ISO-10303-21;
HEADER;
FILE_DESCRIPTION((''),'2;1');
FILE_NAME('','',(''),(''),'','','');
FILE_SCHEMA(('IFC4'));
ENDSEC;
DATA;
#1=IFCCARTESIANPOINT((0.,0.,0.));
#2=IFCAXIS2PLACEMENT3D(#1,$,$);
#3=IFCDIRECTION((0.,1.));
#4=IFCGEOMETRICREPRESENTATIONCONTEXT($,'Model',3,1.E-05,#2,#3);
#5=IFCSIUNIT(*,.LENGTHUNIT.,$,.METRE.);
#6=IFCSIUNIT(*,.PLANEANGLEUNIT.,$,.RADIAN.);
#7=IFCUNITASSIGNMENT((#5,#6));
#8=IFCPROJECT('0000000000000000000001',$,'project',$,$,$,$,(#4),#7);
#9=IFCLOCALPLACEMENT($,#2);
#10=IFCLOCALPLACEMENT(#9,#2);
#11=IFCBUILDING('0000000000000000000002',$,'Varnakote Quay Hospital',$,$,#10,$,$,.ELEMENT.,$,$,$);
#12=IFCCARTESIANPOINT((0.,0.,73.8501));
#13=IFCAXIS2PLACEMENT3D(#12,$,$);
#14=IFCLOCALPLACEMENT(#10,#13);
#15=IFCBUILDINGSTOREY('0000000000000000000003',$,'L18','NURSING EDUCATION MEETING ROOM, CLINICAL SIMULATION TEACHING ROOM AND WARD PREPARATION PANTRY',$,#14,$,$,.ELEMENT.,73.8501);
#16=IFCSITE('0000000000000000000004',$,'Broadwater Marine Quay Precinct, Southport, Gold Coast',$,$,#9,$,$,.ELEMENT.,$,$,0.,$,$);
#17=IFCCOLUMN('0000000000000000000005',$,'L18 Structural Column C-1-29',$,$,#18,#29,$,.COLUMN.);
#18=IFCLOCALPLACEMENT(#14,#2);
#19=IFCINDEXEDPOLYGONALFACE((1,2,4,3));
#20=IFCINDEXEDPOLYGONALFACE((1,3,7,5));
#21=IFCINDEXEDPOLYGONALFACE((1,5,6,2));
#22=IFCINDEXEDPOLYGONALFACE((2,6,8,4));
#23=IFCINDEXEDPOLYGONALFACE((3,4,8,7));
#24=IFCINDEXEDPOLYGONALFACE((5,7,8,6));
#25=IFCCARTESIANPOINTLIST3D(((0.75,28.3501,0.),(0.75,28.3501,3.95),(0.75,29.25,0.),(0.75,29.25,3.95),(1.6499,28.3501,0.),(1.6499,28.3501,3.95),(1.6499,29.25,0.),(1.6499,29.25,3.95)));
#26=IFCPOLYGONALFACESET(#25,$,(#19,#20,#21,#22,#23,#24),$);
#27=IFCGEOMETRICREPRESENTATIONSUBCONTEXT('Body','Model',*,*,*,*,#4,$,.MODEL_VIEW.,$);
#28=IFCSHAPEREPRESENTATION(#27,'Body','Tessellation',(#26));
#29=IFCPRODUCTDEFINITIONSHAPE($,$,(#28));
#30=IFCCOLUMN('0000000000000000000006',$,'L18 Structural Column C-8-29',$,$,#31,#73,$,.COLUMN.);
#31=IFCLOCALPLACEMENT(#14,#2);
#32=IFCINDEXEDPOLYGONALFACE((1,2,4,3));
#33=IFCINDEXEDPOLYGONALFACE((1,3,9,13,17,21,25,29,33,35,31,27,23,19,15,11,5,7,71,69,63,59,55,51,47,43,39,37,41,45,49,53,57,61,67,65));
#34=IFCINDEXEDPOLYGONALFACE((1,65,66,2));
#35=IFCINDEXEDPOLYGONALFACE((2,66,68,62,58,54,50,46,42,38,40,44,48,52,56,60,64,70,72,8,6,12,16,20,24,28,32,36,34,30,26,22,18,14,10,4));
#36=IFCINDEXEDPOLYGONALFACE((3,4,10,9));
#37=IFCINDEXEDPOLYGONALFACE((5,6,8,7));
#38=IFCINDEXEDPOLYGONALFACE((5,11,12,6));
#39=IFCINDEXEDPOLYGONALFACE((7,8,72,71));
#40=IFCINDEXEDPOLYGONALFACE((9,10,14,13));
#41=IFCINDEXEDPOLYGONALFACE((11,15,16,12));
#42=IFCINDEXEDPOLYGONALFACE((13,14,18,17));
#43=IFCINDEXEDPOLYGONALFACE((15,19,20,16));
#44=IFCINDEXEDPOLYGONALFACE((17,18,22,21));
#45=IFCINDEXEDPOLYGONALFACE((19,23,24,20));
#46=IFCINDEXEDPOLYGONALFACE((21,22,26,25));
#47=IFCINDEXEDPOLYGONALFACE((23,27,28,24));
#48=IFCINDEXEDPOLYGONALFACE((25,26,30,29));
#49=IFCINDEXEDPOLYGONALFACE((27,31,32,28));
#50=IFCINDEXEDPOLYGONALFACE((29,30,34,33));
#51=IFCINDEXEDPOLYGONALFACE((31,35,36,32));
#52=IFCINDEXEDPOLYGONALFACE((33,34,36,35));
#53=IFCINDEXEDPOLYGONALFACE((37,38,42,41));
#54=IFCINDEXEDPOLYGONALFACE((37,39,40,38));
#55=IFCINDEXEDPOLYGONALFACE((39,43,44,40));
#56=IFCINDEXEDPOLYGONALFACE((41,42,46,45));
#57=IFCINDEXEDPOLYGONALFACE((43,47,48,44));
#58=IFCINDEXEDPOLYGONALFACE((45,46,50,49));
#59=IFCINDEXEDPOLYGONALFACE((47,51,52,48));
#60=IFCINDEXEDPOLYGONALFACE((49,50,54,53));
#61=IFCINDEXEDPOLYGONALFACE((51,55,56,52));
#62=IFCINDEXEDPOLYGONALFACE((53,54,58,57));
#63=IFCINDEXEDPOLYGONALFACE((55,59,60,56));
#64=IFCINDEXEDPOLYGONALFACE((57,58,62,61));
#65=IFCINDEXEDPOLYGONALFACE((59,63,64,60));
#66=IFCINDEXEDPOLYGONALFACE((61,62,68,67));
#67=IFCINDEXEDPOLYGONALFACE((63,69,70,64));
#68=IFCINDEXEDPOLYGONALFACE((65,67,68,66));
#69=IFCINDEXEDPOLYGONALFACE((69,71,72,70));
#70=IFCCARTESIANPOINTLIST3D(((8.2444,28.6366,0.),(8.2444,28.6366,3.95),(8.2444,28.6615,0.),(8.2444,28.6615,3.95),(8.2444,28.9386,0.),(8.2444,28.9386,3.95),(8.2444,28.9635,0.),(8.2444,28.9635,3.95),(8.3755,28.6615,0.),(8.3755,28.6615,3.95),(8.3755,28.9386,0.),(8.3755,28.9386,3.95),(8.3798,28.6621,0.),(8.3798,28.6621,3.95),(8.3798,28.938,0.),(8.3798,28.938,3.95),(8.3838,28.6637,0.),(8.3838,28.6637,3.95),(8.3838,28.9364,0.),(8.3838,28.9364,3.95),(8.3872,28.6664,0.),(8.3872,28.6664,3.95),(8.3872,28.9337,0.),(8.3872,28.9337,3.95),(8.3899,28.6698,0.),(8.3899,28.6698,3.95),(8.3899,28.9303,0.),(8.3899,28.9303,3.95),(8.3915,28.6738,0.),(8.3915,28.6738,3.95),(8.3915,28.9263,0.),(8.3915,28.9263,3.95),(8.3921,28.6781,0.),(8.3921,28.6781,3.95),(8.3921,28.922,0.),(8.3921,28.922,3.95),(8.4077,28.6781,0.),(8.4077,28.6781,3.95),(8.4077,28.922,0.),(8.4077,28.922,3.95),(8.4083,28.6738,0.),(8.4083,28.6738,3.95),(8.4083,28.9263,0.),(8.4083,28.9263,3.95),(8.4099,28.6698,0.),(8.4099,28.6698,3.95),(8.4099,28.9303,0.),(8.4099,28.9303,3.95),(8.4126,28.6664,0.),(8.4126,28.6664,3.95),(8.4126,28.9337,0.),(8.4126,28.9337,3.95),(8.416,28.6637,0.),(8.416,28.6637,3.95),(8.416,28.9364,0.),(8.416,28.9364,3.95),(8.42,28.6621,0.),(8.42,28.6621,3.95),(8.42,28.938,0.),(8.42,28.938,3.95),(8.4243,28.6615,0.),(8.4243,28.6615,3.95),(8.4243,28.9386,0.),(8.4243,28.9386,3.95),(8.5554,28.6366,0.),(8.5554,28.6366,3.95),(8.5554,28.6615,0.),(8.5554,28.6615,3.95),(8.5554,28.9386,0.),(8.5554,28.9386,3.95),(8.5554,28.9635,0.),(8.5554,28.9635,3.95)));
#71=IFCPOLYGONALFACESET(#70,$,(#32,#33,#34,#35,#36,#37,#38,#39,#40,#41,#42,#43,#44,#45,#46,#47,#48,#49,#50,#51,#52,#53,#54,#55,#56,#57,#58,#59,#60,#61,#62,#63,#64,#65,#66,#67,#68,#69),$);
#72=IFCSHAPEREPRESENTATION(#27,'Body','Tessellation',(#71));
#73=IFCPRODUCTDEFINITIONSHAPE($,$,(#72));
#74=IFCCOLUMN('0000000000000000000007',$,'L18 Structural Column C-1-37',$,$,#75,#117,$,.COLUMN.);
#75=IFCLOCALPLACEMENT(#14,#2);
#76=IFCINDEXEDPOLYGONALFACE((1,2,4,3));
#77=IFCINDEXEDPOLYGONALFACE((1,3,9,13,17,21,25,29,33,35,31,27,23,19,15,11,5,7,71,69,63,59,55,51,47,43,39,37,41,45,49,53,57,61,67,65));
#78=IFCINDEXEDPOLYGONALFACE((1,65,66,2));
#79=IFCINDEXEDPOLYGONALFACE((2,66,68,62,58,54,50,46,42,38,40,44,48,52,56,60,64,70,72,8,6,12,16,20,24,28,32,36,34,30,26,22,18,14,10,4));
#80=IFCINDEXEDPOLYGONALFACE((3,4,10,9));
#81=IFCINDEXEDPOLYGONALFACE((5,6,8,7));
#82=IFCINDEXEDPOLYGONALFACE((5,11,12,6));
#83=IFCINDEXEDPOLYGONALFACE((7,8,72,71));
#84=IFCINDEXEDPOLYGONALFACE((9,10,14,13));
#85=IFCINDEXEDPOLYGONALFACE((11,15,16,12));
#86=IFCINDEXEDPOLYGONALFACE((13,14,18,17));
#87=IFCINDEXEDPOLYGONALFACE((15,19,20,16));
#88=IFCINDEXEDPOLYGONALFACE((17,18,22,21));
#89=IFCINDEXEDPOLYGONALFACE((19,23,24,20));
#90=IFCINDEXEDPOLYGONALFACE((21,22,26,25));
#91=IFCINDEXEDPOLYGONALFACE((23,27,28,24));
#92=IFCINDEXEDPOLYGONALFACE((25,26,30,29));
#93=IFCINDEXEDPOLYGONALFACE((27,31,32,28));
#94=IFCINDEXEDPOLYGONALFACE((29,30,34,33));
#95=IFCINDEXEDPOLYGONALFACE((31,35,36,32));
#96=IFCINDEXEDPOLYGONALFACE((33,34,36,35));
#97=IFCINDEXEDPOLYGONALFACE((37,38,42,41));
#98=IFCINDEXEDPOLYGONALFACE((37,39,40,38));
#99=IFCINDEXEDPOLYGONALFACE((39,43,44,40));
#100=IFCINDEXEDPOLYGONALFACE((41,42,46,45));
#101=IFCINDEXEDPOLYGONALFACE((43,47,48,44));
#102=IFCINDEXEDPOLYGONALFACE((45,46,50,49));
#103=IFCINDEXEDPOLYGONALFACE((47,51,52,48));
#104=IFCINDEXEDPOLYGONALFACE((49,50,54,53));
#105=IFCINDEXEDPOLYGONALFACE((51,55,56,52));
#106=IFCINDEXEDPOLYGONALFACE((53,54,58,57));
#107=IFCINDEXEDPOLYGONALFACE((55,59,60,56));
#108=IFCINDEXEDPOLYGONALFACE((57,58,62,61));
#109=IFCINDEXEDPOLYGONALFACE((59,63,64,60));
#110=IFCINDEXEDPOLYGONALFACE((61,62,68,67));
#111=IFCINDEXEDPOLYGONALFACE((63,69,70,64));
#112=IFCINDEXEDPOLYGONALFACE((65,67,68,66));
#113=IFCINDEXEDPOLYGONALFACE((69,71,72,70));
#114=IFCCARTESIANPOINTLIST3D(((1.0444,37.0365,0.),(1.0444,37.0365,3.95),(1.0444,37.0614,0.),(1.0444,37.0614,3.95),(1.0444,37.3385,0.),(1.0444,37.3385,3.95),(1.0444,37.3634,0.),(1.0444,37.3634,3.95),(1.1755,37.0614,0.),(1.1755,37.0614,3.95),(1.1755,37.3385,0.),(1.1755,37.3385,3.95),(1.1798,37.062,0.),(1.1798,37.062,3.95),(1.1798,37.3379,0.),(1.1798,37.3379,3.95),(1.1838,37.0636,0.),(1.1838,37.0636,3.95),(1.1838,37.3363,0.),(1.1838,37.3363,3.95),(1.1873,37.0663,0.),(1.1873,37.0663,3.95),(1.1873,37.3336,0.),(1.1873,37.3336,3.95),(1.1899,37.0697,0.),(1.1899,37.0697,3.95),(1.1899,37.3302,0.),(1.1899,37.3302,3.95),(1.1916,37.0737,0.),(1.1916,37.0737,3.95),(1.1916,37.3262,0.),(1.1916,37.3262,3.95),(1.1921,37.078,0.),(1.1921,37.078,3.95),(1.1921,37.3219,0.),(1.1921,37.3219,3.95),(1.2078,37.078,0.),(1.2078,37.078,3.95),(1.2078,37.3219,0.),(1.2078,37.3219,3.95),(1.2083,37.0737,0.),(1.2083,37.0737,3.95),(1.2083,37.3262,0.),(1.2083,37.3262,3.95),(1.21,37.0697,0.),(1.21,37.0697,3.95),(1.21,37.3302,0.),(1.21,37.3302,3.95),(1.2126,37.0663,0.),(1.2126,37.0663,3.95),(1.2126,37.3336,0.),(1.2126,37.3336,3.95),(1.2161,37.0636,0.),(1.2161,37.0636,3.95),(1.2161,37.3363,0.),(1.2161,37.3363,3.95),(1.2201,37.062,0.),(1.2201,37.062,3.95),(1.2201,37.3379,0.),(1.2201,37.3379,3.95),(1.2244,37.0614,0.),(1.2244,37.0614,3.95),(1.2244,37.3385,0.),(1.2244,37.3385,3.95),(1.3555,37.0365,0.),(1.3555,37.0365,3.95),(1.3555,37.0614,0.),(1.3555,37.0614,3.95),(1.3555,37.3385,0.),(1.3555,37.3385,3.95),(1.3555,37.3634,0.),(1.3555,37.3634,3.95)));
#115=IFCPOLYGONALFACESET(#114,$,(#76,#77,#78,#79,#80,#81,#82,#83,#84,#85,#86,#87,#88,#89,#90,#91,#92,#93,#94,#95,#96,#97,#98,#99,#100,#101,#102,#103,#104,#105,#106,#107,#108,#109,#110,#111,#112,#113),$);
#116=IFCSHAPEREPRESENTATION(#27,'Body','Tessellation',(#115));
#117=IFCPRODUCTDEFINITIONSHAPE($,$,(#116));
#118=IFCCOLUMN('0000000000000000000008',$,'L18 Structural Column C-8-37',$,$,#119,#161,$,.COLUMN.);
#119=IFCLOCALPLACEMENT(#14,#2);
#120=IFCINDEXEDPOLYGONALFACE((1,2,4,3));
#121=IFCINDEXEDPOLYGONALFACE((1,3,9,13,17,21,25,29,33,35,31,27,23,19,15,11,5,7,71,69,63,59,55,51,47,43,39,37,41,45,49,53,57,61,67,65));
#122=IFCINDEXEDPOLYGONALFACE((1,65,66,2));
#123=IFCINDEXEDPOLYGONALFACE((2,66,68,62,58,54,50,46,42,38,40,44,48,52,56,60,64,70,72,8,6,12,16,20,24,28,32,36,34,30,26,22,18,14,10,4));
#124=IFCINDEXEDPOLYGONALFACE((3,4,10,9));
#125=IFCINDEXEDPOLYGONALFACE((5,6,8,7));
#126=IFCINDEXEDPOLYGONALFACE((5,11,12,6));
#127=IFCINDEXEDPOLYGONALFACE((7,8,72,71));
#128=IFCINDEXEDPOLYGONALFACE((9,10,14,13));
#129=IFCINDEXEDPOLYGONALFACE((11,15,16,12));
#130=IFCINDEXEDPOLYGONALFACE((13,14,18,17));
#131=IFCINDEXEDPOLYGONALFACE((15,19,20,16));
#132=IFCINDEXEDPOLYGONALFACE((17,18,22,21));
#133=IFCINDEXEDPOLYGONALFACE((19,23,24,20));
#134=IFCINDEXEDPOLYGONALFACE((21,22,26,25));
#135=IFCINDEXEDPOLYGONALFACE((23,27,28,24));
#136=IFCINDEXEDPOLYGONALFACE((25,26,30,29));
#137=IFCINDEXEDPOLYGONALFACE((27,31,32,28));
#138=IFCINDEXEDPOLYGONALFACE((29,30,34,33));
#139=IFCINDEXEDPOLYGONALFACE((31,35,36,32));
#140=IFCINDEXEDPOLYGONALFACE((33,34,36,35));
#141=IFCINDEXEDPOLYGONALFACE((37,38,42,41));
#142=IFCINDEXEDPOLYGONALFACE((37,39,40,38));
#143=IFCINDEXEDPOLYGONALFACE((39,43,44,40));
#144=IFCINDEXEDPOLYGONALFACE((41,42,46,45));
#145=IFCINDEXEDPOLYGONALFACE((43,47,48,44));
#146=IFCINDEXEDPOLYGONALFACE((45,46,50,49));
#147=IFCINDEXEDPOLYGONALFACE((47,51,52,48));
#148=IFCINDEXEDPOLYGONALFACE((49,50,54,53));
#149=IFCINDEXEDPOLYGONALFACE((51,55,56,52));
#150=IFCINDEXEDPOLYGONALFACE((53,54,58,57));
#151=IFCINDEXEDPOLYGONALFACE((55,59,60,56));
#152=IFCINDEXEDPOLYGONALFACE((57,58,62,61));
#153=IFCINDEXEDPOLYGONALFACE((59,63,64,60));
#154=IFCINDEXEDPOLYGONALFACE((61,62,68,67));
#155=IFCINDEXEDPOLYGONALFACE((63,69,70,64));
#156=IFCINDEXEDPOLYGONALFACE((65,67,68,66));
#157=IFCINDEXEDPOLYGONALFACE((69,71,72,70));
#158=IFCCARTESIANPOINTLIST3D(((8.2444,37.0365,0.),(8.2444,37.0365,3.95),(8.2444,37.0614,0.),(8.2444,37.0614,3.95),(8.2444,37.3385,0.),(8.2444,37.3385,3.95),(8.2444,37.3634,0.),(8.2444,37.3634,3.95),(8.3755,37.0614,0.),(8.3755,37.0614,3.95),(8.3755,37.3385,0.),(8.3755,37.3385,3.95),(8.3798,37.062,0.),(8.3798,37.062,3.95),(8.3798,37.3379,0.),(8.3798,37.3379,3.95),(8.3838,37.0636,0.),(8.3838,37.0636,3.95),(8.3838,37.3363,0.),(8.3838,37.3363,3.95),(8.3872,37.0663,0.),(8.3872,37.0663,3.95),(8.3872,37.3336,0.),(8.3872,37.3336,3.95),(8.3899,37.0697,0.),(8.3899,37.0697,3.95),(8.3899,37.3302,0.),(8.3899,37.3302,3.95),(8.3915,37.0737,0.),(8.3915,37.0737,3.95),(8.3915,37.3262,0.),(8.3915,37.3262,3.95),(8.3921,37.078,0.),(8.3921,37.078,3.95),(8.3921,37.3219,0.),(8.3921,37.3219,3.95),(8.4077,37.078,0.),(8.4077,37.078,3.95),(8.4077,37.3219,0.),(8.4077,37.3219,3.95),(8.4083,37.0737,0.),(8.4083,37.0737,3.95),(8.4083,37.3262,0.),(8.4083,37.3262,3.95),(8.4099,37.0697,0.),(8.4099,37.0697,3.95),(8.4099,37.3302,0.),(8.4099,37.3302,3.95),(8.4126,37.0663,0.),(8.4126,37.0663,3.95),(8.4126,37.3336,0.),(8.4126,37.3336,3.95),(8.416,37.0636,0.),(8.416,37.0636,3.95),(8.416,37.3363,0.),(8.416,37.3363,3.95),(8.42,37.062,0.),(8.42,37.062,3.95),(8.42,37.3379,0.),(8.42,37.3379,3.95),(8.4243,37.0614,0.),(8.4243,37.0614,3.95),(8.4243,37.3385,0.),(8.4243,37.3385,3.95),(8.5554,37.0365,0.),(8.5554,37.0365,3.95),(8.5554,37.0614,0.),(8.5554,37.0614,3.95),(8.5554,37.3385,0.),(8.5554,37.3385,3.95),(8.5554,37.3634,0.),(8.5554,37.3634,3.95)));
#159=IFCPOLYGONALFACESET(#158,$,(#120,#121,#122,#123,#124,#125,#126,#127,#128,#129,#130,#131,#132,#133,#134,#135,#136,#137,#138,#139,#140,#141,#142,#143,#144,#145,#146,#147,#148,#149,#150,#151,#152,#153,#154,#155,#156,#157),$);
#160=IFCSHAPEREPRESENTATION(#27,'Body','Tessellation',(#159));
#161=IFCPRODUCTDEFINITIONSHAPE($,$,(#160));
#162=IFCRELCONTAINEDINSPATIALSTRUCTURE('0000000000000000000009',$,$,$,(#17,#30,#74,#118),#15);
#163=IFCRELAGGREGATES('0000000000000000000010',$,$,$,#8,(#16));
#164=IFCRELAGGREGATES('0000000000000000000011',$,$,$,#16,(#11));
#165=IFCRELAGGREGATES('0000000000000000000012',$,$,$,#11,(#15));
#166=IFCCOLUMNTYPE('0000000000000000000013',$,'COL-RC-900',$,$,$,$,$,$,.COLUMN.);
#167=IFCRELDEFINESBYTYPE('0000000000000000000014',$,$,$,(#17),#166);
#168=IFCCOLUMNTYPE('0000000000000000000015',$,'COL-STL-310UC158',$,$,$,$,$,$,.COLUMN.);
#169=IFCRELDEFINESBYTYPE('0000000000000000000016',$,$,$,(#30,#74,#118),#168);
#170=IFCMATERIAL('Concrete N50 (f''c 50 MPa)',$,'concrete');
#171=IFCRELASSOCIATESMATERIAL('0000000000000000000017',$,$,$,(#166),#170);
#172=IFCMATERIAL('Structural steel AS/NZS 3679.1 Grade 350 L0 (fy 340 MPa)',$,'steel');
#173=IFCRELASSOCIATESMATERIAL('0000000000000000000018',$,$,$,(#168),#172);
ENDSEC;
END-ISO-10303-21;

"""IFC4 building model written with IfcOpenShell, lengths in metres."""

from ifc_helpers import new_model, si_unit, direction, frame, origin, origin_2d, place, context, subcontext, project, spatial, rectangle, i_section, extrude, material, material_profile, profile_set, type_object, element, save


model = new_model("IFC4")

# Units and contexts
model_context = context("Model", 3, precision=1e-05, world=origin(), true_north=direction((0.0, 1.0)))
body_context = subcontext(model_context, "Body", "Model", "MODEL_VIEW")
ifc_project = project(units=[si_unit("LENGTHUNIT", "METRE"), si_unit("PLANEANGLEUNIT", "RADIAN")], contexts=[model_context])

# Site, building, storey
site_placement = place(None, origin())
site = spatial("IfcSite", under=ifc_project, at=site_placement, Name="Broadwater Marine Quay Precinct, Southport, Gold Coast", CompositionType="ELEMENT", RefElevation=0.0)
building_placement = place(site_placement, origin())
building = spatial("IfcBuilding", under=site, at=building_placement, Name="Varnakote Quay Hospital", CompositionType="ELEMENT")
storey_placement = place(building_placement, frame((0.0, 0.0, 73.8501)))
storey = spatial("IfcBuildingStorey", under=building, at=storey_placement, Name="L18", Description="NURSING EDUCATION MEETING ROOM, CLINICAL SIMULATION TEACHING ROOM AND WARD PREPARATION PANTRY", CompositionType="ELEMENT", Elevation=73.8501)

# Columns
ifc_material_1 = material(Name="Concrete N50 (f'c 50 MPa)", Category="concrete")
ifc_material_profile_1 = material_profile(ifc_material_1, rectangle(XDim=0.8999, YDim=0.8999, at=origin_2d()), Name="RC-COL-900x900")
ifc_profile_set_1 = profile_set([ifc_material_profile_1], Name="Concrete N50 (f'c 50 MPa)")
column_type_1 = type_object("IfcColumnType", Name="COL-RC-900", PredefinedType="COLUMN", material=ifc_profile_set_1)
column_placement = place(storey_placement, frame((1.2, 28.8, 0.0), z_axis=(0.0, 0.0, 1.0), x_axis=(1.0, 0.0, 0.0)))
element("IfcColumn", 1, at=column_placement, inside=storey, type_object=column_type_1, Name="L18 Structural Column C-1-29", PredefinedType="COLUMN", context=body_context, shape_type="SweptSolid", body=[
    extrude(rectangle(XDim=0.8999, YDim=0.8999, at=origin_2d()), origin(), (0.0, 0.0, 1.0), 3.95),
])
ifc_material_2 = material(Name="Structural steel AS/NZS 3679.1 Grade 350 L0 (fy 340 MPa)", Category="steel")
ifc_material_profile_2 = material_profile(ifc_material_2, i_section(OverallWidth=0.311, OverallDepth=0.3269, WebThickness=0.0156, FlangeThickness=0.0249, FilletRadius=0.0166, at=origin_2d()), Name="310UC158")
ifc_profile_set_2 = profile_set([ifc_material_profile_2], Name="Structural steel AS/NZS 3679.1 Grade 350 L0 (fy 340 MPa)")
column_type_2 = type_object("IfcColumnType", Name="COL-STL-310UC158", PredefinedType="COLUMN", material=ifc_profile_set_2)
for number, where, z_axis, x_axis, name in (
    (2, (8.3999, 28.8, 0.0), (0.0, 0.0, 1.0), (1.0, 0.0, 0.0), "L18 Structural Column C-8-29"),
    (3, (1.2, 37.2, 0.0), (0.0, 0.0, 1.0), (1.0, 0.0, 0.0), "L18 Structural Column C-1-37"),
    (4, (8.3999, 37.2, 0.0), (0.0, 0.0, 1.0), (1.0, 0.0, 0.0), "L18 Structural Column C-8-37"),
):
    element("IfcColumn", number, at=place(storey_placement, frame(where, z_axis=z_axis, x_axis=x_axis)), inside=storey, type_object=column_type_2, Name=name, PredefinedType="COLUMN", context=body_context, shape_type="SweptSolid", body=[
        extrude(i_section(OverallWidth=0.311, OverallDepth=0.3269, WebThickness=0.0156, FlangeThickness=0.0249, FilletRadius=0.0166, at=origin_2d()), origin(), (0.0, 0.0, 1.0), 3.95),
    ])

save(model, "model.ifc")
